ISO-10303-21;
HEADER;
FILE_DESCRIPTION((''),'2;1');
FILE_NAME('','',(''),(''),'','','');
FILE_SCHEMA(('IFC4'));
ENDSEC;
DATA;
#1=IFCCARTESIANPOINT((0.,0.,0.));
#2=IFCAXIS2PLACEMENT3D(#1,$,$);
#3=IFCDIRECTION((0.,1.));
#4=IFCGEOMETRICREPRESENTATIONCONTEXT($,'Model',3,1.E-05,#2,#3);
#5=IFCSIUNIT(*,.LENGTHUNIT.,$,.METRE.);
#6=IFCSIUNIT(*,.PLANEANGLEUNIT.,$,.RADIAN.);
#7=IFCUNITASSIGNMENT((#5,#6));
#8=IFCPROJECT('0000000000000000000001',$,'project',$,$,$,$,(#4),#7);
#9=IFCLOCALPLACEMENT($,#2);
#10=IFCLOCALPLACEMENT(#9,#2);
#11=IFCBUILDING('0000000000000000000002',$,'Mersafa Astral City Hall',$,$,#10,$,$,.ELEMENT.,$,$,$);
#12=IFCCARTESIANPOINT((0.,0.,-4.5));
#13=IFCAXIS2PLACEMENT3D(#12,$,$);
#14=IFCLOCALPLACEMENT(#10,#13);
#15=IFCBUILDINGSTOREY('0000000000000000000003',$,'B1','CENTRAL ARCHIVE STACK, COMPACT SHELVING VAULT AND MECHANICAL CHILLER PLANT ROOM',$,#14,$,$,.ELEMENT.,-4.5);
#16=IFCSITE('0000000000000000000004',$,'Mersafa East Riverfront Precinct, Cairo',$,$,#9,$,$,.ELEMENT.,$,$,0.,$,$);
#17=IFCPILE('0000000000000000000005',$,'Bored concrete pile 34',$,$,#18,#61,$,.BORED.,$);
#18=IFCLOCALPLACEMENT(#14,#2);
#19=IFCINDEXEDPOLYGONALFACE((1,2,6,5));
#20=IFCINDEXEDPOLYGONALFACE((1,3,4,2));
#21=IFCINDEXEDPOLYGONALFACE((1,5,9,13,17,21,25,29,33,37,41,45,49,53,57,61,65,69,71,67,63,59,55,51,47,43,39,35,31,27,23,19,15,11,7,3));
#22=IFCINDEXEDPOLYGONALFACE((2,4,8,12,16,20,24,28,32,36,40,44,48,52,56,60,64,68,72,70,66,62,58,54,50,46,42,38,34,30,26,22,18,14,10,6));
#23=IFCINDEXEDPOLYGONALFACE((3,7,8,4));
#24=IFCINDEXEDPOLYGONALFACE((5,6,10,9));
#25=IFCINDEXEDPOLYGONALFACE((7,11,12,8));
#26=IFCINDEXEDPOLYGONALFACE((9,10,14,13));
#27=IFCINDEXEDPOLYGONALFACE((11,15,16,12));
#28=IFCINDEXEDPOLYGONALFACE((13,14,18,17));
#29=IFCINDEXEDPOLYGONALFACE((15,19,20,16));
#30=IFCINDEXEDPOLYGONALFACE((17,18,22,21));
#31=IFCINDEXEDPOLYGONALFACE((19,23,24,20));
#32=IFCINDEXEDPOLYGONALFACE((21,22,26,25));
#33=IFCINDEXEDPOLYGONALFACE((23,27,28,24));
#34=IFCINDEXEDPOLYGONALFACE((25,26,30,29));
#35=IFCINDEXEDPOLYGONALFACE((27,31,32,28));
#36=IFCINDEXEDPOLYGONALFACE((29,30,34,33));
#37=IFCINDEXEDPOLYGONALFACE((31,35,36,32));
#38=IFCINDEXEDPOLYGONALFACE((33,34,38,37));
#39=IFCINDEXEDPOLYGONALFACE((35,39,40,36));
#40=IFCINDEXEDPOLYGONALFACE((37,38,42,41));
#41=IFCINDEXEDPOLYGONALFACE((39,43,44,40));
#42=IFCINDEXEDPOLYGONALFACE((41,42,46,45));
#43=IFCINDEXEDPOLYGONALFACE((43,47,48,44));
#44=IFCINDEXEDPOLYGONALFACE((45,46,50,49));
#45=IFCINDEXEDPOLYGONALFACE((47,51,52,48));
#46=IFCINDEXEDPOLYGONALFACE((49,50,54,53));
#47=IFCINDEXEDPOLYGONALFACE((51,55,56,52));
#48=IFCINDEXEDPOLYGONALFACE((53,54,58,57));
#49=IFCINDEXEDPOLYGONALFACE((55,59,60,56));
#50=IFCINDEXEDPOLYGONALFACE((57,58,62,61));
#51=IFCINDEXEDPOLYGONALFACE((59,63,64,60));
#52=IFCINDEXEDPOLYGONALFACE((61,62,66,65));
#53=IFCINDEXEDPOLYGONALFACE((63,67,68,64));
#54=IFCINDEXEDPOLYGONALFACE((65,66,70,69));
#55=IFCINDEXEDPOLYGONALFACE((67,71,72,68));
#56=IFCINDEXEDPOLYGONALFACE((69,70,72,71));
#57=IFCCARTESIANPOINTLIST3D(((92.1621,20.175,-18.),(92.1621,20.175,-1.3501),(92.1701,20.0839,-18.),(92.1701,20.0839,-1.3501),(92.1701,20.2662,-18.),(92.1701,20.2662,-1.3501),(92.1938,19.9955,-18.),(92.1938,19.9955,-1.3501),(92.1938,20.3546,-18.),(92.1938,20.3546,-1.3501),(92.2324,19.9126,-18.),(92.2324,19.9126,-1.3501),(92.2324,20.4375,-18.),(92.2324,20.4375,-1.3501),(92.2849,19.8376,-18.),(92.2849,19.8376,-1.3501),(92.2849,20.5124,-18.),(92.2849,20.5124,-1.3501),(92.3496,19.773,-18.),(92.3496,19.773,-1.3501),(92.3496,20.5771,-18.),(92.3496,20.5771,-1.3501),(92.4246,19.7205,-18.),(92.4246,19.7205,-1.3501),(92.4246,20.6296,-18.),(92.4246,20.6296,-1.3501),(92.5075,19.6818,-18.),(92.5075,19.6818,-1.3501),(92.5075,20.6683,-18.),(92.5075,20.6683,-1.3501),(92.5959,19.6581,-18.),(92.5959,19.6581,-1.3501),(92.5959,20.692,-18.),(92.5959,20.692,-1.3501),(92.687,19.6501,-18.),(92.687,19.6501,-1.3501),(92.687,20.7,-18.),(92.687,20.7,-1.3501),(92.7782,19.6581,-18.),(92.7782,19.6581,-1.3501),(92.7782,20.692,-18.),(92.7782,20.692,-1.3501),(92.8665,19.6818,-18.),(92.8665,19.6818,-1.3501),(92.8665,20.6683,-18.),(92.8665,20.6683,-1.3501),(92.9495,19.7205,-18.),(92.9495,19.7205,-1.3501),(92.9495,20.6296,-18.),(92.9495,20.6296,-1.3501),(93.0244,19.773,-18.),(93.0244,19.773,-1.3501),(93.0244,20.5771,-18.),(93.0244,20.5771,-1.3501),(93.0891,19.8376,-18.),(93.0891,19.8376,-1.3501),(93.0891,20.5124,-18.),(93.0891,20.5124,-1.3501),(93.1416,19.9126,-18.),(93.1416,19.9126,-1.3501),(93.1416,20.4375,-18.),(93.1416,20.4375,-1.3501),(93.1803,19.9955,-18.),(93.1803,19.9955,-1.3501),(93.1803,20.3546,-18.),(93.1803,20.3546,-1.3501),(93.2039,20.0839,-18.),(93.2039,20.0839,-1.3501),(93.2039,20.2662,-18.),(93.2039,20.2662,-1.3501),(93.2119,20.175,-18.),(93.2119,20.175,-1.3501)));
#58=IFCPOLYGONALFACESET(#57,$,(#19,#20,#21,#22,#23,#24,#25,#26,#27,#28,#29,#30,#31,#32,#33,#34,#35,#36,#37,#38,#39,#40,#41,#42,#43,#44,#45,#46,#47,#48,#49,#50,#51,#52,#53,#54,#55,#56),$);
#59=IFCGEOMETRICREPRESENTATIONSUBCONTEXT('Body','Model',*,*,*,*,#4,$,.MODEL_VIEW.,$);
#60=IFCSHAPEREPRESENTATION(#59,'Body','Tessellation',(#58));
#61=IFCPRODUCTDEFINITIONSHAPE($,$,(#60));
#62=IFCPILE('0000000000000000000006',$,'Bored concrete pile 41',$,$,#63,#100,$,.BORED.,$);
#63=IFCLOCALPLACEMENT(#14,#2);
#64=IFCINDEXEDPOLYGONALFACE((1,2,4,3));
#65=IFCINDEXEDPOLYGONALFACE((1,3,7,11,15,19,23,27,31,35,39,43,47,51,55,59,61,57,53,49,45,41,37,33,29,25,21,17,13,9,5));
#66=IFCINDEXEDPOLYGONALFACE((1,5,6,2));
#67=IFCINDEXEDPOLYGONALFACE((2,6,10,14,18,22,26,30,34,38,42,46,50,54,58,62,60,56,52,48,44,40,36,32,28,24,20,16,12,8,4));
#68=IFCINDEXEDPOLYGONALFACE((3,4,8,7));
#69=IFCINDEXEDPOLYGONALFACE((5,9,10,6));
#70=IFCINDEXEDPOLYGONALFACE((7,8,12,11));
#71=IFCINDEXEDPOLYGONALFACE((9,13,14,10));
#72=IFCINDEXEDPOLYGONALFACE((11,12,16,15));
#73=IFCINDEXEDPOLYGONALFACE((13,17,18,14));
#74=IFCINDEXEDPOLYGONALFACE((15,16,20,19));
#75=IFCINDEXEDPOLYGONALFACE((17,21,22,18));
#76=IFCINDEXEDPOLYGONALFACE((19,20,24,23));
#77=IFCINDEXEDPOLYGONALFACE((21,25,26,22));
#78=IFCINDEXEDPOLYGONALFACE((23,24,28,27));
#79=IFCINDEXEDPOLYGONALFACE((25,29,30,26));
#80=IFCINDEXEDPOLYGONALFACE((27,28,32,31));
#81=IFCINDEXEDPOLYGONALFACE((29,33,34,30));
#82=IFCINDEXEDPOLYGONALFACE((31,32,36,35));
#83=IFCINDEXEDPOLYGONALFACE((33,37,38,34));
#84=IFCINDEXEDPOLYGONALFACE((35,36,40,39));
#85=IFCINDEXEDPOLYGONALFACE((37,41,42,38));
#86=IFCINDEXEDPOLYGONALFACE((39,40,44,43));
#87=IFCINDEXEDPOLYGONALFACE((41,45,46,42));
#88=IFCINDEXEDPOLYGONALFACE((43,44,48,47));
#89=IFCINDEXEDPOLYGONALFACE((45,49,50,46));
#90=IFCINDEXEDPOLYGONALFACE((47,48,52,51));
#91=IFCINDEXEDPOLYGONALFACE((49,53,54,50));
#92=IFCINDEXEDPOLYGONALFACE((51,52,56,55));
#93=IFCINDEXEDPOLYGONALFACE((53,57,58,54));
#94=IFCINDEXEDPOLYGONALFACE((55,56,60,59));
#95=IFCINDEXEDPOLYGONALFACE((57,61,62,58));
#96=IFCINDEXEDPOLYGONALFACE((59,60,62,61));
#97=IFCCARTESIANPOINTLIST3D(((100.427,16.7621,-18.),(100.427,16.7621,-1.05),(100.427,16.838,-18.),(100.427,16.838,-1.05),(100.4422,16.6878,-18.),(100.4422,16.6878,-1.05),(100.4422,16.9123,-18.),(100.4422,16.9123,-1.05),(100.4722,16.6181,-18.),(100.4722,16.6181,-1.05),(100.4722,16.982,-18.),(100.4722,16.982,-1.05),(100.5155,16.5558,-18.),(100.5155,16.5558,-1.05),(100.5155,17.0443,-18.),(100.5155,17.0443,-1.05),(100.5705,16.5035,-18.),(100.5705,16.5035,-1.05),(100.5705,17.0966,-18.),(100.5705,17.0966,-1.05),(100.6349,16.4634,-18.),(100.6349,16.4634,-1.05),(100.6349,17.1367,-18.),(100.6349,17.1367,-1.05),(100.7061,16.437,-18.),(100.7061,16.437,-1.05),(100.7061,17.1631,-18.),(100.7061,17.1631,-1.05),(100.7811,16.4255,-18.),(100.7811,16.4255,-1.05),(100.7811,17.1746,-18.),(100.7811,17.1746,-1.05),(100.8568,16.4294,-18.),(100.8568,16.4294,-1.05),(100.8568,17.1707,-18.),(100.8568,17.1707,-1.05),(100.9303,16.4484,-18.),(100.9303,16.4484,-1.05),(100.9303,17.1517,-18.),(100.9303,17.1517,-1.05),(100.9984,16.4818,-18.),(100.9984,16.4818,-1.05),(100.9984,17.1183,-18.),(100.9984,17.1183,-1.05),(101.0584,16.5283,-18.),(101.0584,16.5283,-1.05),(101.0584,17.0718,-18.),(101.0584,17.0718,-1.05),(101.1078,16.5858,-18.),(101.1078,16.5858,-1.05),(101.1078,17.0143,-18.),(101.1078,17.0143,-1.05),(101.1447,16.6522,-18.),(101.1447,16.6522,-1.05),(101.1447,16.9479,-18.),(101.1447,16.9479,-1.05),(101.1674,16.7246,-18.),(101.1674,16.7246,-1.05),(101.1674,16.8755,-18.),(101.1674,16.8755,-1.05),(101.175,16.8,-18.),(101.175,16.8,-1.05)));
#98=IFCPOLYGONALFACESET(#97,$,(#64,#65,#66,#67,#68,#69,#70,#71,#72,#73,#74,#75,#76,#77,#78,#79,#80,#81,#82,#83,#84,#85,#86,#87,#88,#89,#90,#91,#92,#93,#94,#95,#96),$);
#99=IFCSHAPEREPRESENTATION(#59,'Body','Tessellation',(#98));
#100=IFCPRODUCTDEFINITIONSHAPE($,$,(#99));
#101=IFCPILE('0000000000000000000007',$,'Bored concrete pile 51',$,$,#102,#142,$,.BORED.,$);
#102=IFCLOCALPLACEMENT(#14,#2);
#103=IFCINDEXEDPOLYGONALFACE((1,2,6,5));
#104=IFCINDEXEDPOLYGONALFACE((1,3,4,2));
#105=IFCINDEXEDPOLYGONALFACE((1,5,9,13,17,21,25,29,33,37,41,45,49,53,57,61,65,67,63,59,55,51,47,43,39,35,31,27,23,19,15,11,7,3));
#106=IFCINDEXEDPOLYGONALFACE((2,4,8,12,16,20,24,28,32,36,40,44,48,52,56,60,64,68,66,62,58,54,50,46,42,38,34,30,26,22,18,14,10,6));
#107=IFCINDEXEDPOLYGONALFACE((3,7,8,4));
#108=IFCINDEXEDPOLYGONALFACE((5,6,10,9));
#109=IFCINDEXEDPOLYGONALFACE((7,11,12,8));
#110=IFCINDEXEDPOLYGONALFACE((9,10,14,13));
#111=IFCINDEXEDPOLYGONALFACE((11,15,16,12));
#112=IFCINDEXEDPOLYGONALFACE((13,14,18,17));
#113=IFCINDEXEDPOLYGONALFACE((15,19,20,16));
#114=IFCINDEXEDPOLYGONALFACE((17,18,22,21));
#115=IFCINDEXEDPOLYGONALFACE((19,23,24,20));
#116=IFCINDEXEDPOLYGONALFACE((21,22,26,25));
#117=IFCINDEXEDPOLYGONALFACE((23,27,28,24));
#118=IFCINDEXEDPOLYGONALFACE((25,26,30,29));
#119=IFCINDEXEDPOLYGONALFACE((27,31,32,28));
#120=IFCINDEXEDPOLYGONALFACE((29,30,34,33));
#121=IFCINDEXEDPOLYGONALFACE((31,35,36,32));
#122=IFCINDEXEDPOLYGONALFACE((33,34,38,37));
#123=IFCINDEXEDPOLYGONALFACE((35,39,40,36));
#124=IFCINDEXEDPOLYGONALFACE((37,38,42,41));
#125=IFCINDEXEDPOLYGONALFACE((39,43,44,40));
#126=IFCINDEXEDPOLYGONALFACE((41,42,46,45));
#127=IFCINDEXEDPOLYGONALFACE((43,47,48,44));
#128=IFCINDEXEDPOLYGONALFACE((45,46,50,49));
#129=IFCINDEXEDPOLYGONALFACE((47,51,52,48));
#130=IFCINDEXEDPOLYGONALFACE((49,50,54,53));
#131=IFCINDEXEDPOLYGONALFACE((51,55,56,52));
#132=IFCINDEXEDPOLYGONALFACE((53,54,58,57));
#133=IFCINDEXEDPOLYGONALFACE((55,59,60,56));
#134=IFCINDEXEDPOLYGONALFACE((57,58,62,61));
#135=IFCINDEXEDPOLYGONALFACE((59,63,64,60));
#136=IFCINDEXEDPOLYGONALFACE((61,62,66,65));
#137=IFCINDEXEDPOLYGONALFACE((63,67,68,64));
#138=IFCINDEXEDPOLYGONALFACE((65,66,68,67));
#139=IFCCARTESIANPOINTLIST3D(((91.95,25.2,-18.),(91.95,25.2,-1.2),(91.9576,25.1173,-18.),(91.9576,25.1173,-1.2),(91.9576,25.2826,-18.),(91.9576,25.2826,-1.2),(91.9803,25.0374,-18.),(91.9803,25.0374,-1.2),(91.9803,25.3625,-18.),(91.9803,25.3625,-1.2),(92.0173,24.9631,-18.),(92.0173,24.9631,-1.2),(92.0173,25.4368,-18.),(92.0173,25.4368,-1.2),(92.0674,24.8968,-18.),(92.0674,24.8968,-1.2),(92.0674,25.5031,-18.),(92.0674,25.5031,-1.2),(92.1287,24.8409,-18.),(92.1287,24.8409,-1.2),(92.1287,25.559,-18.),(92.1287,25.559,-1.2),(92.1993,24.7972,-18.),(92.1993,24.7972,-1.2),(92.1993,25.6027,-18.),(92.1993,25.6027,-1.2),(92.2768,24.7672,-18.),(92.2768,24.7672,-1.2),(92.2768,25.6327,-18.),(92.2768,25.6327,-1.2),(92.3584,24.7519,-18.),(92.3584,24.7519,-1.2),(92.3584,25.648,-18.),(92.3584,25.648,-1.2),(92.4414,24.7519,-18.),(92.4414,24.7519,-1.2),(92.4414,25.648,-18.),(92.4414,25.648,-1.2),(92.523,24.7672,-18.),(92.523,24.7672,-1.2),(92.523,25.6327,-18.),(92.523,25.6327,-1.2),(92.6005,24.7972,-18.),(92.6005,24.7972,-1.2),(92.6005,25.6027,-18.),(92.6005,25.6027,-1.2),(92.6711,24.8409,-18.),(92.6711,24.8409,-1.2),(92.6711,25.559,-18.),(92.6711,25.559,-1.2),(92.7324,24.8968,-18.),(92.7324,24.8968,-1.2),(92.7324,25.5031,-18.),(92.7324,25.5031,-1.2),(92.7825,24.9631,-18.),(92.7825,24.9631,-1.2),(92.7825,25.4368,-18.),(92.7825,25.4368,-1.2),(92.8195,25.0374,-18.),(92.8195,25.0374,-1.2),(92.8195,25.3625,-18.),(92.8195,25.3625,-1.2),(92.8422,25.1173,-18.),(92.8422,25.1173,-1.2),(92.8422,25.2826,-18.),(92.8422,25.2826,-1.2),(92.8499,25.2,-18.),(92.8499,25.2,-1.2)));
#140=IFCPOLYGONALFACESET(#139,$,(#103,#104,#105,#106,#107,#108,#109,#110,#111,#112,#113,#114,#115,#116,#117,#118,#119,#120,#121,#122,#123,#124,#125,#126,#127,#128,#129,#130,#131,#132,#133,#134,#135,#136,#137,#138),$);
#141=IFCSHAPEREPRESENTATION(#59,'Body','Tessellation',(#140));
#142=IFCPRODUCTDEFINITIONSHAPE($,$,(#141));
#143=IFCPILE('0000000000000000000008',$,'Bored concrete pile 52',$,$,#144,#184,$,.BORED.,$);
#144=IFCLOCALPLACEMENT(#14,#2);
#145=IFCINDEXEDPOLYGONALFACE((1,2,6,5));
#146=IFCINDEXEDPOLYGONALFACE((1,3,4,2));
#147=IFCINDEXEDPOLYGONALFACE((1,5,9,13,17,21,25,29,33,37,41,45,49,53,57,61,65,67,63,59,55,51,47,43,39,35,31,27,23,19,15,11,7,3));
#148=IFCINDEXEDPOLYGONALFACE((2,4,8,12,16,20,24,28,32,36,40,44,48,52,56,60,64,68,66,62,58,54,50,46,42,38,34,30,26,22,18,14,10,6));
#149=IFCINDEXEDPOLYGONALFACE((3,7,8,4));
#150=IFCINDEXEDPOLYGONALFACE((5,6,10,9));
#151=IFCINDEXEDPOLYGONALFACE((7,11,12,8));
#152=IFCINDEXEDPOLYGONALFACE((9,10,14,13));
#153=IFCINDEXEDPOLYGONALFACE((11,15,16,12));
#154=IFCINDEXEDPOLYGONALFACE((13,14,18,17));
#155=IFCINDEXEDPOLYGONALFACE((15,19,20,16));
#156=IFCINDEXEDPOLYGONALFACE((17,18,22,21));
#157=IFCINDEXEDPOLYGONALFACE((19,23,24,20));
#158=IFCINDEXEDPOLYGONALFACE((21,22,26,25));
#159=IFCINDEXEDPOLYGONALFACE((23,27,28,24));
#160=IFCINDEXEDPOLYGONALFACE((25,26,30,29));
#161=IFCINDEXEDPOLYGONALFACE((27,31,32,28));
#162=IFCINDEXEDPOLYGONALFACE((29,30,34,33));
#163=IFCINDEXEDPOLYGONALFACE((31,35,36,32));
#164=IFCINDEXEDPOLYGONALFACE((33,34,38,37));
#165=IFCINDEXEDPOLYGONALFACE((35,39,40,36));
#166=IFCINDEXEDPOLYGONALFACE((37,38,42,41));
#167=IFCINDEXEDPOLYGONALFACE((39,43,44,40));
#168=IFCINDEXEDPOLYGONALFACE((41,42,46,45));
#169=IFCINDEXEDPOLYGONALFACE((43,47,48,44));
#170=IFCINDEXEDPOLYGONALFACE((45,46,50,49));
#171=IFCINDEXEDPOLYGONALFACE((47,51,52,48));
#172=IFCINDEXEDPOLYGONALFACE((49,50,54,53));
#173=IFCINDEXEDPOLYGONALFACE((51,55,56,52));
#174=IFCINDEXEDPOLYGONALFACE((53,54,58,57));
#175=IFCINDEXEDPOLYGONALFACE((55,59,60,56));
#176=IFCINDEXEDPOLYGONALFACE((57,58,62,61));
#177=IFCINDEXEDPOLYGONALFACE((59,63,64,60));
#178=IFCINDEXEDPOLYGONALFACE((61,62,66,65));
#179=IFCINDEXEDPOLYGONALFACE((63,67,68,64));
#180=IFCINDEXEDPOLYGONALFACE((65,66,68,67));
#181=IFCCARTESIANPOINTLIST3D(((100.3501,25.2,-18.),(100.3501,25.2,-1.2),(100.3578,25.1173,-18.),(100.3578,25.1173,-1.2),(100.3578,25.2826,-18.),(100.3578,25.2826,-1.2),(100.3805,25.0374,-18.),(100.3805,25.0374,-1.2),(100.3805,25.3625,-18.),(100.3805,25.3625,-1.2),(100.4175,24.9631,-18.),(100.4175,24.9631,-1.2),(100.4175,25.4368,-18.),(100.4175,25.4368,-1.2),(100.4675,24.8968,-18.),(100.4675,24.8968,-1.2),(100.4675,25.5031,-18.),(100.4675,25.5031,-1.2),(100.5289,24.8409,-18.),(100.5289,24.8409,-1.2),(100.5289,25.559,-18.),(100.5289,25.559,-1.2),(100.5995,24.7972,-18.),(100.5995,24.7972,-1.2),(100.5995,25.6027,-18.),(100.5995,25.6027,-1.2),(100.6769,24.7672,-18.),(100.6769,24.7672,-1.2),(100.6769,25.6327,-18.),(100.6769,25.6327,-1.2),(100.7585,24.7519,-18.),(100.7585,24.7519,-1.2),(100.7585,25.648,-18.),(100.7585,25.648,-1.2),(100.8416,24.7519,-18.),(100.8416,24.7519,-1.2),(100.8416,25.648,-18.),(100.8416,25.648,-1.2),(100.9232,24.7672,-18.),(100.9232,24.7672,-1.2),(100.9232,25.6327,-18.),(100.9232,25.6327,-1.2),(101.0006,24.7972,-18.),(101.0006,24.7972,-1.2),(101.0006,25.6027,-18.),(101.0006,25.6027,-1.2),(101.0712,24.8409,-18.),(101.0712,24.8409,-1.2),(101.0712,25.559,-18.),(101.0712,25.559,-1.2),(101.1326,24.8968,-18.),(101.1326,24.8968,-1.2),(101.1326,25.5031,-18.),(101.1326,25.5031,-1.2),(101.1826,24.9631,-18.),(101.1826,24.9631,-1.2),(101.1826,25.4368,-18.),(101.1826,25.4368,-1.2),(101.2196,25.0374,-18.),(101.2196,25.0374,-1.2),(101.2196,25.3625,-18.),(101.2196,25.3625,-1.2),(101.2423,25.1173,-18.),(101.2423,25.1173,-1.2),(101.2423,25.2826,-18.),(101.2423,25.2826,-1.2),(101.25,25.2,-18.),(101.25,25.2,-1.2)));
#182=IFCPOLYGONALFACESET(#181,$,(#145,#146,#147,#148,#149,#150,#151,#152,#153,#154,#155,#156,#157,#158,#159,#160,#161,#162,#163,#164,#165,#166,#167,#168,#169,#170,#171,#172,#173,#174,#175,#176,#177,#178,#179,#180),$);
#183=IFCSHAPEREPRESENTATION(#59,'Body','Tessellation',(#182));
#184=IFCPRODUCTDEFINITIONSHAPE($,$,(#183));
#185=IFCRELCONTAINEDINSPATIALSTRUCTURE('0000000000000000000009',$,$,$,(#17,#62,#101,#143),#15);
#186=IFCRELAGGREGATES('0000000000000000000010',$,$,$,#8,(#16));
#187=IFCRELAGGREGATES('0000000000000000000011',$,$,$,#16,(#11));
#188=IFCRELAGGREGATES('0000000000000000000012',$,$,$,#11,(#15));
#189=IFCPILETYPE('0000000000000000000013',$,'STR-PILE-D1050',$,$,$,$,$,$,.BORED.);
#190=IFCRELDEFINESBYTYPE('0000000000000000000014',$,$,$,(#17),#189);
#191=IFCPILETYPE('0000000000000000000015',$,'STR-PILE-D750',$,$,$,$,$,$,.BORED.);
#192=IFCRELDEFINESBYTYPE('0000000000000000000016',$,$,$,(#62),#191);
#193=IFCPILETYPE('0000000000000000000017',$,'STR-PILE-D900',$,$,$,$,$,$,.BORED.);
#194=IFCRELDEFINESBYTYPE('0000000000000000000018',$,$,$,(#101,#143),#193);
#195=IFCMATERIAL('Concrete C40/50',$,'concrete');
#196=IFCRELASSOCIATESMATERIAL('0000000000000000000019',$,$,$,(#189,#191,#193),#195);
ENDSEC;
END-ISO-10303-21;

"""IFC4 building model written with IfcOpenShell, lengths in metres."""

from ifc_helpers import new_model, si_unit, direction, frame, origin, origin_2d, place, context, subcontext, project, spatial, circle, extrude, material, material_profile, profile_set, type_object, element, save


model = new_model("IFC4")

# Units and contexts
model_context = context("Model", 3, precision=1e-05, world=origin(), true_north=direction((0.0, 1.0)))
body_context = subcontext(model_context, "Body", "Model", "MODEL_VIEW")
ifc_project = project(units=[si_unit("LENGTHUNIT", "METRE"), si_unit("PLANEANGLEUNIT", "RADIAN")], contexts=[model_context])

# Site, building, storey
site_placement = place(None, origin())
site = spatial("IfcSite", under=ifc_project, at=site_placement, Name="Mersafa East Riverfront Precinct, Cairo", CompositionType="ELEMENT", RefElevation=0.0)
building_placement = place(site_placement, origin())
building = spatial("IfcBuilding", under=site, at=building_placement, Name="Mersafa Astral City Hall", CompositionType="ELEMENT")
storey_placement = place(building_placement, frame((0.0, 0.0, -4.5)))
storey = spatial("IfcBuildingStorey", under=building, at=storey_placement, Name="B1", Description="CENTRAL ARCHIVE STACK, COMPACT SHELVING VAULT AND MECHANICAL CHILLER PLANT ROOM", CompositionType="ELEMENT", Elevation=-4.5)

# Shared definitions
ifc_material_1 = material(Name="Concrete C40/50", Category="concrete")

# Piles
ifc_material_profile_1 = material_profile(ifc_material_1, circle(Radius=0.5249, at=origin_2d()), Name="PILE D1050")
ifc_profile_set_1 = profile_set([ifc_material_profile_1], Name="Concrete C40/50")
pile_type_1 = type_object("IfcPileType", Name="STR-PILE-D1050", PredefinedType="BORED", material=ifc_profile_set_1)
pile_1_placement = place(storey_placement, frame((92.687, 20.175, -1.3501), z_axis=(0.0, 0.0, -1.0), x_axis=(1.0, 0.0, 0.0)))
element("IfcPile", 1, at=pile_1_placement, inside=storey, type_object=pile_type_1, Name="Bored concrete pile 34", PredefinedType="BORED", context=body_context, shape_type="SweptSolid", body=[
    extrude(circle(Radius=0.5249, at=origin_2d()), origin(), (0.0, 0.0, 1.0), 16.6499),
])
ifc_material_profile_2 = material_profile(ifc_material_1, circle(Radius=0.375, at=origin_2d()), Name="PILE D750")
ifc_profile_set_2 = profile_set([ifc_material_profile_2], Name="Concrete C40/50")
pile_type_2 = type_object("IfcPileType", Name="STR-PILE-D750", PredefinedType="BORED", material=ifc_profile_set_2)
pile_2_placement = place(storey_placement, frame((100.8, 16.8, -1.05), z_axis=(0.0, 0.0, -1.0), x_axis=(1.0, 0.0, 0.0)))
element("IfcPile", 2, at=pile_2_placement, inside=storey, type_object=pile_type_2, Name="Bored concrete pile 41", PredefinedType="BORED", context=body_context, shape_type="SweptSolid", body=[
    extrude(circle(Radius=0.375, at=origin_2d()), origin(), (0.0, 0.0, 1.0), 16.95),
])
ifc_material_profile_3 = material_profile(ifc_material_1, circle(Radius=0.45, at=origin_2d()), Name="PILE D900")
ifc_profile_set_3 = profile_set([ifc_material_profile_3], Name="Concrete C40/50")
pile_type_3 = type_object("IfcPileType", Name="STR-PILE-D900", PredefinedType="BORED", material=ifc_profile_set_3)
for number, where, z_axis, x_axis, name in (
    (3, (92.3999, 25.2, -1.2), (0.0, 0.0, -1.0), (1.0, 0.0, 0.0), "Bored concrete pile 51"),
    (4, (100.8, 25.2, -1.2), (0.0, 0.0, -1.0), (1.0, 0.0, 0.0), "Bored concrete pile 52"),
):
    element("IfcPile", number, at=place(storey_placement, frame(where, z_axis=z_axis, x_axis=x_axis)), inside=storey, type_object=pile_type_3, Name=name, PredefinedType="BORED", context=body_context, shape_type="SweptSolid", body=[
        extrude(circle(Radius=0.45, at=origin_2d()), origin(), (0.0, 0.0, 1.0), 16.8),
    ])

save(model, "model.ifc")
